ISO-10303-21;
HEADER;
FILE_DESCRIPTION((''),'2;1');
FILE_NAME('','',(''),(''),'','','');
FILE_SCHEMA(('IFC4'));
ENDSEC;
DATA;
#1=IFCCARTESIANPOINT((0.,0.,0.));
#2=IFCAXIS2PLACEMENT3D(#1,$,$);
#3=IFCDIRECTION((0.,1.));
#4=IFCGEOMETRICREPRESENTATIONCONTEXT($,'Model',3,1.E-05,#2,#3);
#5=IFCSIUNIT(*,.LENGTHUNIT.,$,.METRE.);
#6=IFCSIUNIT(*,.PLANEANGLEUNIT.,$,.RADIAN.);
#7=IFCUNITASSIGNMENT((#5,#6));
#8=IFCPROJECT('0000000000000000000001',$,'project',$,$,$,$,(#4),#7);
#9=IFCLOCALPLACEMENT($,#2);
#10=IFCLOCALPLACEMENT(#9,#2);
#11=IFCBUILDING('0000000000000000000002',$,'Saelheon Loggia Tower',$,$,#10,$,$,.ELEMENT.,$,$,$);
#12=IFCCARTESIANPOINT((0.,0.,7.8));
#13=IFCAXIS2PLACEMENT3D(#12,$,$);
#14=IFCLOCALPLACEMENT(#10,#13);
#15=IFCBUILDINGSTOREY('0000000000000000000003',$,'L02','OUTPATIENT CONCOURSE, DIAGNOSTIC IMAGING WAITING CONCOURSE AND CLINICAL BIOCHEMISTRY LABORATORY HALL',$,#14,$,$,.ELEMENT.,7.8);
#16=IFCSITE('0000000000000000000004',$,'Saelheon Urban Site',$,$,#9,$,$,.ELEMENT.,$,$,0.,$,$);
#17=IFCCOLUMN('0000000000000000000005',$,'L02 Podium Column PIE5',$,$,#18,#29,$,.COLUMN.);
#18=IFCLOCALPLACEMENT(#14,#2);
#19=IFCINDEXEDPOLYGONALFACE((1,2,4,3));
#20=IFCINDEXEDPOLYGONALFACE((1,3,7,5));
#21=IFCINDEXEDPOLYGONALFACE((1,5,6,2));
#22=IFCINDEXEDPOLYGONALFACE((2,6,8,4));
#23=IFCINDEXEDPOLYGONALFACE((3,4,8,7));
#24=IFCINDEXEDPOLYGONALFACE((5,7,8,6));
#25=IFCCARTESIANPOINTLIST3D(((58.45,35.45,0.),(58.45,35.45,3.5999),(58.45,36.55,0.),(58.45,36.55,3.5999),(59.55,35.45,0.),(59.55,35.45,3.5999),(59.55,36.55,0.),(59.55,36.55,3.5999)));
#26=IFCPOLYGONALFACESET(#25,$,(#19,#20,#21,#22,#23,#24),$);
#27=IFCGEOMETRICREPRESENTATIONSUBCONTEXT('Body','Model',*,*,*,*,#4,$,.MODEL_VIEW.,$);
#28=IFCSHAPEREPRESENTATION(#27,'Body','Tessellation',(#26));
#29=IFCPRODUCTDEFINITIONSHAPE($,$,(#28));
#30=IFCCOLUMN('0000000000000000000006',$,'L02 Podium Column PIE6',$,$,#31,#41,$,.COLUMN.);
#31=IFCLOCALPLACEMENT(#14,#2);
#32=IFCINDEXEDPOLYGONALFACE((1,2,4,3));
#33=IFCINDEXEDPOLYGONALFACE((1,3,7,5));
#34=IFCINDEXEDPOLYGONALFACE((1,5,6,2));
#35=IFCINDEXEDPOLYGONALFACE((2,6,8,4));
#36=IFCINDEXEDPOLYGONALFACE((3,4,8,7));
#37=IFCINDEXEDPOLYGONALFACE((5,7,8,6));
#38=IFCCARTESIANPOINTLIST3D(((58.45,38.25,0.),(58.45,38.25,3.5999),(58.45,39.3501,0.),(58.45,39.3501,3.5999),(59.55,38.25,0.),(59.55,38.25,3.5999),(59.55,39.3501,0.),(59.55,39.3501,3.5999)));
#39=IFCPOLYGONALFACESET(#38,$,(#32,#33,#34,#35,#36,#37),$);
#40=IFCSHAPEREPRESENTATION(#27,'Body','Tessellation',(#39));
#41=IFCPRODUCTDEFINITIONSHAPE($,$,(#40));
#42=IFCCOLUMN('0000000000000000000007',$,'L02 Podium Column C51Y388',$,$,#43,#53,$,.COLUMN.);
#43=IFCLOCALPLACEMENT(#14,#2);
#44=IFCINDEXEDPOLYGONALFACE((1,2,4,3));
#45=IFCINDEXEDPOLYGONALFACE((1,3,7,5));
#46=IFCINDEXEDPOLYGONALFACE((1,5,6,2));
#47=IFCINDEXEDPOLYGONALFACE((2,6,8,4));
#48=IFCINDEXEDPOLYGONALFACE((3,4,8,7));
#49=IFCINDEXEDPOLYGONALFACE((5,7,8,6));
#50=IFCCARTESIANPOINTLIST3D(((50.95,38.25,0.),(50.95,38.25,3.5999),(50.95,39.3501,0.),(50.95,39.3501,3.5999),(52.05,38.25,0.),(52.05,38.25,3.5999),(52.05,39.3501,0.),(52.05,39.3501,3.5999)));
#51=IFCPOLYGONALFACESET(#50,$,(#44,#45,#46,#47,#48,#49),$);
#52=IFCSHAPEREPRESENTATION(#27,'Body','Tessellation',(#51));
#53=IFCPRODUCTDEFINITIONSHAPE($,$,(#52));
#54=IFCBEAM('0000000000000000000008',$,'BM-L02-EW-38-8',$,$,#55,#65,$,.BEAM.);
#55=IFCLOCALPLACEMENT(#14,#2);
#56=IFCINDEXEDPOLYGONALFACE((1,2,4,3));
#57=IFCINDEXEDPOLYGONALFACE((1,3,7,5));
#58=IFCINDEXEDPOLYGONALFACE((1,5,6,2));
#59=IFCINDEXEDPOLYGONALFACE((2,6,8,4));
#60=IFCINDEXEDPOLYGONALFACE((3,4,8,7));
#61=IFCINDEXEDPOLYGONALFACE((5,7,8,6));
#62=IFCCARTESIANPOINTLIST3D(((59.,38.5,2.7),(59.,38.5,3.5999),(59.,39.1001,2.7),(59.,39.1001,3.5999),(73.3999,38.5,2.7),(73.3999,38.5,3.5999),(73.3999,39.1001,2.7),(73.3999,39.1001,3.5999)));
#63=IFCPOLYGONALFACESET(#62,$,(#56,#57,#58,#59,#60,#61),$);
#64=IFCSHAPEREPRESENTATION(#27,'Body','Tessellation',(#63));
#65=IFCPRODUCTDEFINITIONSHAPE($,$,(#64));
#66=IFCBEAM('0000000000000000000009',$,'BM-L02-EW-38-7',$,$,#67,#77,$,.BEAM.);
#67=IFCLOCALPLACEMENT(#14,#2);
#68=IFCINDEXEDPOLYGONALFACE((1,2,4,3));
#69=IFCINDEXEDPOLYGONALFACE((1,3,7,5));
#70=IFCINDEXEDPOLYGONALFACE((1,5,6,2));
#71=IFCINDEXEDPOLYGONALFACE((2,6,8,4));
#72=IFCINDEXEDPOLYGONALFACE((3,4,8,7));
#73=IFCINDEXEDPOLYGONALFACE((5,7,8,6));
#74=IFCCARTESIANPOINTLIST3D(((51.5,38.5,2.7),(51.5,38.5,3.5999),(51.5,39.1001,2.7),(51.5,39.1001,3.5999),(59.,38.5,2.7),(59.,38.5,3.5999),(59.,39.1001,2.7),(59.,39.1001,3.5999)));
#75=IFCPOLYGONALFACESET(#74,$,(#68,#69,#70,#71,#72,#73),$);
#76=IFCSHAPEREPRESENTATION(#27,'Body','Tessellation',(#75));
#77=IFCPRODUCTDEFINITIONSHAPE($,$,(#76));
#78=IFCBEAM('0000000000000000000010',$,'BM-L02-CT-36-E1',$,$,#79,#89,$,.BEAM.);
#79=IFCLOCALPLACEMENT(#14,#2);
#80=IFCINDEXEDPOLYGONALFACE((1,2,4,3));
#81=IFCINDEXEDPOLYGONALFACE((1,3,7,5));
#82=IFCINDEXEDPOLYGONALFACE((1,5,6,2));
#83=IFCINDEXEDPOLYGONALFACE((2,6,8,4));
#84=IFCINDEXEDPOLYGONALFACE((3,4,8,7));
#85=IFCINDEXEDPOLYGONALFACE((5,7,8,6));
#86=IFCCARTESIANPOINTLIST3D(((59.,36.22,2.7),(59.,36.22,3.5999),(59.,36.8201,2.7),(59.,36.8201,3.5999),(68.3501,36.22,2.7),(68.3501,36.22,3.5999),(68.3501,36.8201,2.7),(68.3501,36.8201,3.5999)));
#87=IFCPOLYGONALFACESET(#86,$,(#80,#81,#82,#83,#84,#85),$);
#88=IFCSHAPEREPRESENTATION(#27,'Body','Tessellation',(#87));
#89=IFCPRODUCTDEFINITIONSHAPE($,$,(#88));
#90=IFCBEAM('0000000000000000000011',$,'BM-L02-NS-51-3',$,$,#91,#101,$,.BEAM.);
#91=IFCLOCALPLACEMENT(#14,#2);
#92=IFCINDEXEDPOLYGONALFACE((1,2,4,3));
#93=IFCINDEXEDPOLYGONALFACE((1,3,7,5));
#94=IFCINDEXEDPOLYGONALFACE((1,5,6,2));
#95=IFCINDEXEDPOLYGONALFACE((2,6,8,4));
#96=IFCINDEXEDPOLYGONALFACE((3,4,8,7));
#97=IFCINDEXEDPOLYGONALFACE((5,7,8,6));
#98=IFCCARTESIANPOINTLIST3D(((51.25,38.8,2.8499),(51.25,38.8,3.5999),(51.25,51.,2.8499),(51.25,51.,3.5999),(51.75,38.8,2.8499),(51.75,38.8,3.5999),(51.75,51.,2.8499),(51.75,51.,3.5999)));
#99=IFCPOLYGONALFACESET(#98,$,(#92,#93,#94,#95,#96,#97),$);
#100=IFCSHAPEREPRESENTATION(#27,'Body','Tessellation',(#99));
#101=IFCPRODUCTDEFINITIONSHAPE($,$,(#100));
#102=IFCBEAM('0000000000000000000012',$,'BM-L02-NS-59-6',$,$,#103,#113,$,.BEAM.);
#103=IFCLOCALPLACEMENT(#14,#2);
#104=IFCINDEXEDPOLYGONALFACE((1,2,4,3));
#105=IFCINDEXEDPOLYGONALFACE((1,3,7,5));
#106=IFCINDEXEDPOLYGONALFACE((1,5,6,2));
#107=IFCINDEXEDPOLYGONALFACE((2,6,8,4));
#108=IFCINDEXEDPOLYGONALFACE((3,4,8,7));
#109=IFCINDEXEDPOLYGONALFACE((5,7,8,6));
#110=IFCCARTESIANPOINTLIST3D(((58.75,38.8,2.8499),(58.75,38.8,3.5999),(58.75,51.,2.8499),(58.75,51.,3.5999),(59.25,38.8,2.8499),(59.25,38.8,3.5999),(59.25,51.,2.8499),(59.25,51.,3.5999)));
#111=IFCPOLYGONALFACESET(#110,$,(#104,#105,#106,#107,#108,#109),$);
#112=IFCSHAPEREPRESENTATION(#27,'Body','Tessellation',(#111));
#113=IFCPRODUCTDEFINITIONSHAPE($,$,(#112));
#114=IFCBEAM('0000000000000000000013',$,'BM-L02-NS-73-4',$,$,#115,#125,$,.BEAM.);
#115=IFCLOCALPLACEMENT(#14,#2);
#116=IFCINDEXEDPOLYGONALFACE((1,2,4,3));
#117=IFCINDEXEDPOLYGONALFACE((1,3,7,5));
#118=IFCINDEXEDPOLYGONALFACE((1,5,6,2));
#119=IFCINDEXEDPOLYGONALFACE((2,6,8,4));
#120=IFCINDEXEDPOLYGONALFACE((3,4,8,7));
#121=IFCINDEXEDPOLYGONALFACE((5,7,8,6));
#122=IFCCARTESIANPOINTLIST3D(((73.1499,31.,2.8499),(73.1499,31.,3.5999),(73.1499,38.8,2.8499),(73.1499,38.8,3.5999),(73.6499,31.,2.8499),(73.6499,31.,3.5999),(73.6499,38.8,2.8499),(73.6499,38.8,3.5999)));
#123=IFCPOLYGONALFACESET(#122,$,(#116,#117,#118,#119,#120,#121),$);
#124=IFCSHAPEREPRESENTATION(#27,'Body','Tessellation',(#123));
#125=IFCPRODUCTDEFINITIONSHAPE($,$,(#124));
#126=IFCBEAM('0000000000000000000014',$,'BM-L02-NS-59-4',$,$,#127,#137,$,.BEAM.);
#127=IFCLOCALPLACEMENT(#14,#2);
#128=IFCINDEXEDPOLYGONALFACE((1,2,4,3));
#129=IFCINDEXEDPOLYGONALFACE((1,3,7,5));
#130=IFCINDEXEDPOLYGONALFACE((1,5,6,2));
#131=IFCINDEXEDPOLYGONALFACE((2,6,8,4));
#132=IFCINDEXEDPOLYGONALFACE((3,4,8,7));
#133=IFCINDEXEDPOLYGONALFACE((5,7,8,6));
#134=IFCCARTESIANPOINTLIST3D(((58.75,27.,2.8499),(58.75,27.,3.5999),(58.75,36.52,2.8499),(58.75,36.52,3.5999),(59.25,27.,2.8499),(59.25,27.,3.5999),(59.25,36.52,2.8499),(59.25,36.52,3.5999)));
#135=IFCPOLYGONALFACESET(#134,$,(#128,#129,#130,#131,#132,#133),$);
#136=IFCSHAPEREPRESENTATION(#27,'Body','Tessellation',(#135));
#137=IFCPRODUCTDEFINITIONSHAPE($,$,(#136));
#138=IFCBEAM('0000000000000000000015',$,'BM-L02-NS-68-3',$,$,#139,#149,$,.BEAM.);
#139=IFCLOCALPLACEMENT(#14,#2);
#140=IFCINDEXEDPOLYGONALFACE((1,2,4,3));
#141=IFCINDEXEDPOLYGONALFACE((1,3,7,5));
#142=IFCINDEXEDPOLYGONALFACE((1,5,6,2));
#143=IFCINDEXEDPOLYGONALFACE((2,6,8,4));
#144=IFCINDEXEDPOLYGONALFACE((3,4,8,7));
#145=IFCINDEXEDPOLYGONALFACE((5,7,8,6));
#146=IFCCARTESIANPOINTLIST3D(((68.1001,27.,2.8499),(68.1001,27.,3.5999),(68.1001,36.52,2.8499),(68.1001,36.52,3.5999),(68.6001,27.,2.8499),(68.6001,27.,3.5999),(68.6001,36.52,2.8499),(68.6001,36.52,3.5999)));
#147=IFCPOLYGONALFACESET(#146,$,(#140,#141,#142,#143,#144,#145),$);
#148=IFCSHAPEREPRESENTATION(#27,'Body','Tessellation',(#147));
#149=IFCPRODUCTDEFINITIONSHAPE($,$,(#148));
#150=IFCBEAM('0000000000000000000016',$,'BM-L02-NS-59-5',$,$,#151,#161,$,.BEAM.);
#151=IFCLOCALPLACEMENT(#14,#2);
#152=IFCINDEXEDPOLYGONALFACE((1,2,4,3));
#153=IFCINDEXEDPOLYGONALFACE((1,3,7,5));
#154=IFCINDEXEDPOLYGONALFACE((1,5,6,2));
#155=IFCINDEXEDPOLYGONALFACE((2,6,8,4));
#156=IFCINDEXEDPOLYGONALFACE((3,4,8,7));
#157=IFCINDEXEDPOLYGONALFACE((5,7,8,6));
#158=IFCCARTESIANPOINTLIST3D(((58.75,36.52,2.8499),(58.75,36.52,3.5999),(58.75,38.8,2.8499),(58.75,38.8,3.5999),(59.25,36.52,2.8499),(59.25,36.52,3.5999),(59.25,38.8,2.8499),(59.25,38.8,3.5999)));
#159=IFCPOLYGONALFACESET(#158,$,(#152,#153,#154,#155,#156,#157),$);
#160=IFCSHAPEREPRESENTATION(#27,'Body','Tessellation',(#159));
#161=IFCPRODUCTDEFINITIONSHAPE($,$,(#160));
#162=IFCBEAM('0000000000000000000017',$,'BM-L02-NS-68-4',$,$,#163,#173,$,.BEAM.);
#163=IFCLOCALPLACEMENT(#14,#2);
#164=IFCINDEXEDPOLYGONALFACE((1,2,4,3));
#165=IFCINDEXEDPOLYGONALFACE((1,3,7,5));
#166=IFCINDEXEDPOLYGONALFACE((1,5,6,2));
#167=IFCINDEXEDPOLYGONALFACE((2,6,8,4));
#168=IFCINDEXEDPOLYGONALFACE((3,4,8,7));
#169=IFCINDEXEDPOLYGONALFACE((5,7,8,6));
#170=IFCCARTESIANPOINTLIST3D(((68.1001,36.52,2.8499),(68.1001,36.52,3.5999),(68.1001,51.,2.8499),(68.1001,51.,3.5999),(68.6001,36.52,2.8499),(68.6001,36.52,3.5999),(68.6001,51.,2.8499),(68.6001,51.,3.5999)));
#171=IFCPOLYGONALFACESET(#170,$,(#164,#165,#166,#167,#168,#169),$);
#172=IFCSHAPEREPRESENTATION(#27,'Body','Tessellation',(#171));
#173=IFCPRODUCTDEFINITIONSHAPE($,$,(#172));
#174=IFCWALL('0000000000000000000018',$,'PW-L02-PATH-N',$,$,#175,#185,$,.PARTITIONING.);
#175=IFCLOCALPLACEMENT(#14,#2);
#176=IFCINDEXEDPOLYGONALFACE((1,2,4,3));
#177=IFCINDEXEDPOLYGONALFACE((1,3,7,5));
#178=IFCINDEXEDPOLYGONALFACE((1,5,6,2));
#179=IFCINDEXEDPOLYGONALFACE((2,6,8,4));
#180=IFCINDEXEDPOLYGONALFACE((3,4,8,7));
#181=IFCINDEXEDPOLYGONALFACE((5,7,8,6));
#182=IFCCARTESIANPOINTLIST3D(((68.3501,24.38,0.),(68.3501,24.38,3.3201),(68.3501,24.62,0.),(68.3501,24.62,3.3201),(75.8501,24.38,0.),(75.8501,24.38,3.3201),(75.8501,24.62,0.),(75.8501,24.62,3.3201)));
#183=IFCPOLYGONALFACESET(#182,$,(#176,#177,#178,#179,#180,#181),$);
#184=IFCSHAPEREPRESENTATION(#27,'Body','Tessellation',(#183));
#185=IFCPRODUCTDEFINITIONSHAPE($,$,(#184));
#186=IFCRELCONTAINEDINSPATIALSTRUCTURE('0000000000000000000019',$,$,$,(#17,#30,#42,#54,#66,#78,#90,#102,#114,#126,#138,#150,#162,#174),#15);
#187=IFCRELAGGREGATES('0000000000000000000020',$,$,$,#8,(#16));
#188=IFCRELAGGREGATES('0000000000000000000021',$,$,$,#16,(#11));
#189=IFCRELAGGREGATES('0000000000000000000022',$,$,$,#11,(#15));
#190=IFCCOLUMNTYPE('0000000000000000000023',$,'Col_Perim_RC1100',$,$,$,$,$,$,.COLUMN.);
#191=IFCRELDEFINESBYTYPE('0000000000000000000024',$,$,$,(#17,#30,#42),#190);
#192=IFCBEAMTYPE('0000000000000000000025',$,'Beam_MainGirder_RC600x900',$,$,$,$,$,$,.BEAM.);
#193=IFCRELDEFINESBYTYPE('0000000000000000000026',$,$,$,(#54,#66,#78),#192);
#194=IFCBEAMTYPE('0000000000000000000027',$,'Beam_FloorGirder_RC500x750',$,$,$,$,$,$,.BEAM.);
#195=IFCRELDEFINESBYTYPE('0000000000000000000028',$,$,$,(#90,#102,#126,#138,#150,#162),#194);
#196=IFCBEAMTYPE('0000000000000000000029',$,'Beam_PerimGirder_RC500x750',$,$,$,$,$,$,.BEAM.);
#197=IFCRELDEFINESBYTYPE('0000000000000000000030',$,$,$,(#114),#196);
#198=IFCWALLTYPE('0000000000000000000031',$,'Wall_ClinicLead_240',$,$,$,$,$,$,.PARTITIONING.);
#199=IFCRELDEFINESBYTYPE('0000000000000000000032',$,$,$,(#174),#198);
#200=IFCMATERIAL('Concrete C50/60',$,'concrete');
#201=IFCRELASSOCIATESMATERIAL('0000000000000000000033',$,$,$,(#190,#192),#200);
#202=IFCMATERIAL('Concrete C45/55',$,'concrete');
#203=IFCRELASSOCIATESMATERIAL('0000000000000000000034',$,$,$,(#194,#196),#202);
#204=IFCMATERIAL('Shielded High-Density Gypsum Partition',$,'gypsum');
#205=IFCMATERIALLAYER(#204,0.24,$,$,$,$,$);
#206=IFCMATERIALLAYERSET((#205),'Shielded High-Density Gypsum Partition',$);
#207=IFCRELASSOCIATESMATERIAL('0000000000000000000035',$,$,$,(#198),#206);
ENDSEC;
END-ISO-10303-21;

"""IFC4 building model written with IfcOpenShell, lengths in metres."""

from ifc_helpers import new_model, si_unit, direction, frame, frame_2d, origin, origin_2d, place, context, subcontext, project, spatial, rectangle, extrude, source, transform, mapped, material, layer, layer_set, material_profile, profile_set, type_object, element, save


model = new_model("IFC4")

# Units and contexts
model_context = context("Model", 3, precision=1e-05, world=origin(), true_north=direction((0.0, 1.0)))
body_context = subcontext(model_context, "Body", "Model", "MODEL_VIEW")
ifc_project = project(units=[si_unit("LENGTHUNIT", "METRE"), si_unit("PLANEANGLEUNIT", "RADIAN")], contexts=[model_context])

# Site, building, storey
site_placement = place(None, origin())
site = spatial("IfcSite", under=ifc_project, at=site_placement, Name="Saelheon Urban Site", CompositionType="ELEMENT", RefElevation=0.0)
building_placement = place(site_placement, origin())
building = spatial("IfcBuilding", under=site, at=building_placement, Name="Saelheon Loggia Tower", CompositionType="ELEMENT")
storey_placement = place(building_placement, frame((0.0, 0.0, 7.8)))
storey = spatial("IfcBuildingStorey", under=building, at=storey_placement, Name="L02", Description="OUTPATIENT CONCOURSE, DIAGNOSTIC IMAGING WAITING CONCOURSE AND CLINICAL BIOCHEMISTRY LABORATORY HALL", CompositionType="ELEMENT", Elevation=7.8)

# Columns
ifc_material_1 = material(Name="Concrete C50/60", Category="concrete")
ifc_material_2 = material(Name="Concrete C45/55", Category="concrete")
ifc_material_profile_1 = material_profile(ifc_material_1, rectangle(XDim=1.1001, YDim=1.1001, at=origin_2d()), Name="RC-1100x1100")
ifc_profile_set_1 = profile_set([ifc_material_profile_1], Name="Concrete C50/60")
column_type_1 = type_object("IfcColumnType", Name="Col_Perim_RC1100", PredefinedType="COLUMN", material=ifc_profile_set_1)
shared_shape_1 = source(origin(), body_context, "Body", "SweptSolid", [
    extrude(rectangle(XDim=1.1001, YDim=1.1001, at=origin_2d()), origin(), (0.0, 0.0, 1.0), 3.5999),
])
for number, where, z_axis, x_axis, name in (
    (1, (59.0, 36.0, 0.0), (0.0, 0.0, 1.0), (1.0, 0.0, 0.0), "L02 Podium Column PIE5"),
    (2, (59.0, 38.8, 0.0), (0.0, 0.0, 1.0), (1.0, 0.0, 0.0), "L02 Podium Column PIE6"),
    (3, (51.5, 38.8, 0.0), (0.0, 0.0, 1.0), (1.0, 0.0, 0.0), "L02 Podium Column C51Y388"),
):
    element("IfcColumn", number, at=place(storey_placement, frame(where, z_axis=z_axis, x_axis=x_axis)), inside=storey, type_object=column_type_1, Name=name, PredefinedType="COLUMN", context=body_context, shape_type="MappedRepresentation", body=[
        mapped(shared_shape_1, transform((0.0, 0.0, 0.0), scale=1.0)),
    ])

# Beams
ifc_material_profile_2 = material_profile(ifc_material_1, rectangle(XDim=0.6001, YDim=0.8999, at=origin_2d()), Name="RC-600x900")
ifc_profile_set_2 = profile_set([ifc_material_profile_2], Name="Concrete C50/60")
beam_type_1 = type_object("IfcBeamType", Name="Beam_MainGirder_RC600x900", PredefinedType="BEAM", material=ifc_profile_set_2)
shared_shape_2 = source(origin(), body_context, "Body", "SweptSolid", [
    extrude(rectangle(XDim=0.6001, YDim=0.8999, at=origin_2d()), origin(), (0.0, 0.0, 1.0), 14.3999),
])
beam_1_placement = place(storey_placement, frame((59.0, 38.8, 3.1499), z_axis=(1.0, 0.0, 0.0), x_axis=(0.0, 1.0, 0.0)))
element("IfcBeam", 4, at=beam_1_placement, inside=storey, type_object=beam_type_1, Name="BM-L02-EW-38-8", PredefinedType="BEAM", context=body_context, shape_type="MappedRepresentation", body=[
    mapped(shared_shape_2, transform((0.0, 0.0, 0.0), scale=1.0)),
])
shared_shape_3 = source(origin(), body_context, "Body", "SweptSolid", [
    extrude(rectangle(XDim=0.6001, YDim=0.8999, at=origin_2d()), origin(), (0.0, 0.0, 1.0), 7.5),
])
beam_2_placement = place(storey_placement, frame((51.5, 38.8, 3.1499), z_axis=(1.0, 0.0, 0.0), x_axis=(0.0, 1.0, 0.0)))
element("IfcBeam", 5, at=beam_2_placement, inside=storey, type_object=beam_type_1, Name="BM-L02-EW-38-7", PredefinedType="BEAM", context=body_context, shape_type="MappedRepresentation", body=[
    mapped(shared_shape_3, transform((0.0, 0.0, 0.0), scale=1.0)),
])
shared_shape_4 = source(origin(), body_context, "Body", "SweptSolid", [
    extrude(rectangle(XDim=0.6001, YDim=0.8999, at=origin_2d()), origin(), (0.0, 0.0, 1.0), 9.3501),
])
beam_3_placement = place(storey_placement, frame((59.0, 36.52, 3.1499), z_axis=(1.0, 0.0, 0.0), x_axis=(0.0, 1.0, 0.0)))
element("IfcBeam", 6, at=beam_3_placement, inside=storey, type_object=beam_type_1, Name="BM-L02-CT-36-E1", PredefinedType="BEAM", context=body_context, shape_type="MappedRepresentation", body=[
    mapped(shared_shape_4, transform((0.0, 0.0, 0.0), scale=1.0)),
])
ifc_material_profile_3 = material_profile(ifc_material_2, rectangle(XDim=0.5, YDim=0.75, at=origin_2d()), Name="RC-500x750")
ifc_profile_set_3 = profile_set([ifc_material_profile_3], Name="Concrete C45/55")
beam_type_2 = type_object("IfcBeamType", Name="Beam_FloorGirder_RC500x750", PredefinedType="BEAM", material=ifc_profile_set_3)
shared_shape_5 = source(origin(), body_context, "Body", "SweptSolid", [
    extrude(rectangle(XDim=0.5, YDim=0.75, at=origin_2d()), origin(), (0.0, 0.0, 1.0), 12.2),
])
for number, where, z_axis, x_axis, name in (
    (7, (51.5, 38.8, 3.2249), (0.0, 1.0, 0.0), (-1.0, 0.0, 0.0), "BM-L02-NS-51-3"),
    (8, (59.0, 38.8, 3.2249), (0.0, 1.0, 0.0), (-1.0, 0.0, 0.0), "BM-L02-NS-59-6"),
):
    element("IfcBeam", number, at=place(storey_placement, frame(where, z_axis=z_axis, x_axis=x_axis)), inside=storey, type_object=beam_type_2, Name=name, PredefinedType="BEAM", context=body_context, shape_type="MappedRepresentation", body=[
        mapped(shared_shape_5, transform((0.0, 0.0, 0.0), scale=1.0)),
    ])
ifc_material_profile_4 = material_profile(ifc_material_2, rectangle(XDim=0.5, YDim=0.75, at=origin_2d()), Name="RC-500x750")
ifc_profile_set_4 = profile_set([ifc_material_profile_4], Name="Concrete C45/55")
beam_type_3 = type_object("IfcBeamType", Name="Beam_PerimGirder_RC500x750", PredefinedType="BEAM", material=ifc_profile_set_4)
shared_shape_6 = source(origin(), body_context, "Body", "SweptSolid", [
    extrude(rectangle(XDim=0.5, YDim=0.75, at=origin_2d()), origin(), (0.0, 0.0, 1.0), 7.8),
])
beam_4_placement = place(storey_placement, frame((73.3999, 31.0, 3.2249), z_axis=(0.0, 1.0, 0.0), x_axis=(-1.0, 0.0, 0.0)))
element("IfcBeam", 9, at=beam_4_placement, inside=storey, type_object=beam_type_3, Name="BM-L02-NS-73-4", PredefinedType="BEAM", context=body_context, shape_type="MappedRepresentation", body=[
    mapped(shared_shape_6, transform((0.0, 0.0, 0.0), scale=1.0)),
])
shared_shape_7 = source(origin(), body_context, "Body", "SweptSolid", [
    extrude(rectangle(XDim=0.5, YDim=0.75, at=origin_2d()), origin(), (0.0, 0.0, 1.0), 9.52),
])
for number, where, z_axis, x_axis, name in (
    (10, (59.0, 27.0, 3.2249), (0.0, 1.0, 0.0), (-1.0, 0.0, 0.0), "BM-L02-NS-59-4"),
    (11, (68.3501, 27.0, 3.2249), (0.0, 1.0, 0.0), (-1.0, 0.0, 0.0), "BM-L02-NS-68-3"),
):
    element("IfcBeam", number, at=place(storey_placement, frame(where, z_axis=z_axis, x_axis=x_axis)), inside=storey, type_object=beam_type_2, Name=name, PredefinedType="BEAM", context=body_context, shape_type="MappedRepresentation", body=[
        mapped(shared_shape_7, transform((0.0, 0.0, 0.0), scale=1.0)),
    ])
shared_shape_8 = source(origin(), body_context, "Body", "SweptSolid", [
    extrude(rectangle(XDim=0.5, YDim=0.75, at=origin_2d()), origin(), (0.0, 0.0, 1.0), 2.28),
])
beam_5_placement = place(storey_placement, frame((59.0, 36.52, 3.2249), z_axis=(0.0, 1.0, 0.0), x_axis=(-1.0, 0.0, 0.0)))
element("IfcBeam", 12, at=beam_5_placement, inside=storey, type_object=beam_type_2, Name="BM-L02-NS-59-5", PredefinedType="BEAM", context=body_context, shape_type="MappedRepresentation", body=[
    mapped(shared_shape_8, transform((0.0, 0.0, 0.0), scale=1.0)),
])
shared_shape_9 = source(origin(), body_context, "Body", "SweptSolid", [
    extrude(rectangle(XDim=0.5, YDim=0.75, at=origin_2d()), origin(), (0.0, 0.0, 1.0), 14.48),
])
beam_6_placement = place(storey_placement, frame((68.3501, 36.52, 3.2249), z_axis=(0.0, 1.0, 0.0), x_axis=(-1.0, 0.0, 0.0)))
element("IfcBeam", 13, at=beam_6_placement, inside=storey, type_object=beam_type_2, Name="BM-L02-NS-68-4", PredefinedType="BEAM", context=body_context, shape_type="MappedRepresentation", body=[
    mapped(shared_shape_9, transform((0.0, 0.0, 0.0), scale=1.0)),
])

# Wall
ifc_material_3 = material(Name="Shielded High-Density Gypsum Partition", Category="gypsum")
ifc_layer = layer(ifc_material_3, 0.24)
ifc_layer_set = layer_set([ifc_layer], Name="Shielded High-Density Gypsum Partition")
wall_type = type_object("IfcWallType", Name="Wall_ClinicLead_240", PredefinedType="PARTITIONING", material=ifc_layer_set)
wall_placement = place(storey_placement, frame((68.3501, 24.5, 0.0), z_axis=(0.0, 0.0, 1.0), x_axis=(1.0, 0.0, 0.0)))
element("IfcWall", 14, at=wall_placement, inside=storey, type_object=wall_type, Name="PW-L02-PATH-N", PredefinedType="PARTITIONING", context=body_context, shape_type="SweptSolid", body=[
    extrude(rectangle(XDim=7.5, YDim=0.24, at=frame_2d((3.75, 0.0))), origin(), (0.0, 0.0, 1.0), 3.3201),
])

save(model, "model.ifc")
